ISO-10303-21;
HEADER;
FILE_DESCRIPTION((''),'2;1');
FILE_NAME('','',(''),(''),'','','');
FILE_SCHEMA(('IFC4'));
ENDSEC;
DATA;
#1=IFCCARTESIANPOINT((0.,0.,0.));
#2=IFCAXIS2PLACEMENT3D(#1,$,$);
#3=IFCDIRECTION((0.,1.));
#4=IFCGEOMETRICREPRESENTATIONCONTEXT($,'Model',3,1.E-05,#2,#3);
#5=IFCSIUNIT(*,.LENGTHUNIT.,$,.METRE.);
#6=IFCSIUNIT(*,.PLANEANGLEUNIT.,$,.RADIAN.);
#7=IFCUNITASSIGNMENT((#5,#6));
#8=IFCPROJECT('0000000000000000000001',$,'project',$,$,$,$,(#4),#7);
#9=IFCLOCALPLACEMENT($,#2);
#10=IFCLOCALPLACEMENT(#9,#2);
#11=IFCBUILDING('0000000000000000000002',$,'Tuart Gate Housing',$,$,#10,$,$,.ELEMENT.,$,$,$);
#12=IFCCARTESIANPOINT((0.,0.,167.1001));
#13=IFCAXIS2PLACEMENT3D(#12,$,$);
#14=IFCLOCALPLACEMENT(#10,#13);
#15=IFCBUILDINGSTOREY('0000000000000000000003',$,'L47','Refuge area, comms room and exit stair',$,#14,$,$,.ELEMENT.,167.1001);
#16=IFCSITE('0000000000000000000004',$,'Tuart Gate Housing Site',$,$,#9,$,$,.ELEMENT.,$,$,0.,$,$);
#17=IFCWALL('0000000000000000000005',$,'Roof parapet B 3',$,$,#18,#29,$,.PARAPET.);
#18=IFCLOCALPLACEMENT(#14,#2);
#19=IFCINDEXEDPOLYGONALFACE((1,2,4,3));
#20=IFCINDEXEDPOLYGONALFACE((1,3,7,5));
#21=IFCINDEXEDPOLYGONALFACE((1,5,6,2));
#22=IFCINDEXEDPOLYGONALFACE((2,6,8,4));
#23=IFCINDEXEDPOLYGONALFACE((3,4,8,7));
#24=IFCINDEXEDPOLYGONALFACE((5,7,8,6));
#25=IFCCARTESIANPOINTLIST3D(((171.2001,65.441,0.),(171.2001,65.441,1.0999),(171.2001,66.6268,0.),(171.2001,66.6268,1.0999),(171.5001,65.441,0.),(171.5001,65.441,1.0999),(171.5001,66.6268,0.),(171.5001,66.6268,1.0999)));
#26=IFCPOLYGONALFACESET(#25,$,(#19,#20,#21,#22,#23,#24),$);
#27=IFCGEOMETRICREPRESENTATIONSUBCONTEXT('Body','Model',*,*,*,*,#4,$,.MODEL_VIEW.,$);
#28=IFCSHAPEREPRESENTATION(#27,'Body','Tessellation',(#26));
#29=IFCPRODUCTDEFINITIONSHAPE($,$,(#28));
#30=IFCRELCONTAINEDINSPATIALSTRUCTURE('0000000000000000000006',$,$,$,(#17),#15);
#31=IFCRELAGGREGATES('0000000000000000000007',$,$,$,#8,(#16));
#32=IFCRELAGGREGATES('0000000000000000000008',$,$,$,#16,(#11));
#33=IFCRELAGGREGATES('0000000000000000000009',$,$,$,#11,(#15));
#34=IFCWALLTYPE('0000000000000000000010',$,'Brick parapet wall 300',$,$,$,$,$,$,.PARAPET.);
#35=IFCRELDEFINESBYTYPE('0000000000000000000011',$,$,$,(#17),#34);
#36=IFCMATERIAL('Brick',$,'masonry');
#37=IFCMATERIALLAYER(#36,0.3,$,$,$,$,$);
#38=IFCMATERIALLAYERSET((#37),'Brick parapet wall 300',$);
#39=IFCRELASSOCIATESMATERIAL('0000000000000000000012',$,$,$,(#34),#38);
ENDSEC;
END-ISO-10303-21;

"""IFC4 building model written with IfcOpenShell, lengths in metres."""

from ifc_helpers import new_model, si_unit, direction, frame, frame_2d, origin, place, context, subcontext, project, spatial, rectangle, extrude, material, layer, layer_set, type_object, element, save


model = new_model("IFC4")

# Units and contexts
model_context = context("Model", 3, precision=1e-05, world=origin(), true_north=direction((0.0, 1.0)))
body_context = subcontext(model_context, "Body", "Model", "MODEL_VIEW")
ifc_project = project(units=[si_unit("LENGTHUNIT", "METRE"), si_unit("PLANEANGLEUNIT", "RADIAN")], contexts=[model_context])

# Site, building, storey
site_placement = place(None, origin())
site = spatial("IfcSite", under=ifc_project, at=site_placement, Name="Tuart Gate Housing Site", CompositionType="ELEMENT", RefElevation=0.0)
building_placement = place(site_placement, origin())
building = spatial("IfcBuilding", under=site, at=building_placement, Name="Tuart Gate Housing", CompositionType="ELEMENT")
storey_placement = place(building_placement, frame((0.0, 0.0, 167.1001)))
storey = spatial("IfcBuildingStorey", under=building, at=storey_placement, Name="L47", Description="Refuge area, comms room and exit stair", CompositionType="ELEMENT", Elevation=167.1001)

# Wall
ifc_material_1 = material(Name="Brick", Category="masonry")
ifc_layer_1 = layer(ifc_material_1, 0.3)
ifc_layer_set_1 = layer_set([ifc_layer_1], Name="Brick parapet wall 300")
wall_type_1 = type_object("IfcWallType", Name="Brick parapet wall 300", PredefinedType="PARAPET", material=ifc_layer_set_1)
wall_1_placement = place(storey_placement, frame((171.3501, 65.4412, 0.0), z_axis=(0.0, 0.0, 1.0), x_axis=(0.0, 1.0, 0.0)))
element("IfcWall", 1, at=wall_1_placement, inside=storey, type_object=wall_type_1, Name="Roof parapet B 3", PredefinedType="PARAPET", context=body_context, shape_type="SweptSolid", body=[
    extrude(rectangle(XDim=1.1858, YDim=0.3, at=frame_2d((0.5928, 0.0))), origin(), (0.0, 0.0, 1.0), 1.0999),
])

save(model, "model.ifc")
